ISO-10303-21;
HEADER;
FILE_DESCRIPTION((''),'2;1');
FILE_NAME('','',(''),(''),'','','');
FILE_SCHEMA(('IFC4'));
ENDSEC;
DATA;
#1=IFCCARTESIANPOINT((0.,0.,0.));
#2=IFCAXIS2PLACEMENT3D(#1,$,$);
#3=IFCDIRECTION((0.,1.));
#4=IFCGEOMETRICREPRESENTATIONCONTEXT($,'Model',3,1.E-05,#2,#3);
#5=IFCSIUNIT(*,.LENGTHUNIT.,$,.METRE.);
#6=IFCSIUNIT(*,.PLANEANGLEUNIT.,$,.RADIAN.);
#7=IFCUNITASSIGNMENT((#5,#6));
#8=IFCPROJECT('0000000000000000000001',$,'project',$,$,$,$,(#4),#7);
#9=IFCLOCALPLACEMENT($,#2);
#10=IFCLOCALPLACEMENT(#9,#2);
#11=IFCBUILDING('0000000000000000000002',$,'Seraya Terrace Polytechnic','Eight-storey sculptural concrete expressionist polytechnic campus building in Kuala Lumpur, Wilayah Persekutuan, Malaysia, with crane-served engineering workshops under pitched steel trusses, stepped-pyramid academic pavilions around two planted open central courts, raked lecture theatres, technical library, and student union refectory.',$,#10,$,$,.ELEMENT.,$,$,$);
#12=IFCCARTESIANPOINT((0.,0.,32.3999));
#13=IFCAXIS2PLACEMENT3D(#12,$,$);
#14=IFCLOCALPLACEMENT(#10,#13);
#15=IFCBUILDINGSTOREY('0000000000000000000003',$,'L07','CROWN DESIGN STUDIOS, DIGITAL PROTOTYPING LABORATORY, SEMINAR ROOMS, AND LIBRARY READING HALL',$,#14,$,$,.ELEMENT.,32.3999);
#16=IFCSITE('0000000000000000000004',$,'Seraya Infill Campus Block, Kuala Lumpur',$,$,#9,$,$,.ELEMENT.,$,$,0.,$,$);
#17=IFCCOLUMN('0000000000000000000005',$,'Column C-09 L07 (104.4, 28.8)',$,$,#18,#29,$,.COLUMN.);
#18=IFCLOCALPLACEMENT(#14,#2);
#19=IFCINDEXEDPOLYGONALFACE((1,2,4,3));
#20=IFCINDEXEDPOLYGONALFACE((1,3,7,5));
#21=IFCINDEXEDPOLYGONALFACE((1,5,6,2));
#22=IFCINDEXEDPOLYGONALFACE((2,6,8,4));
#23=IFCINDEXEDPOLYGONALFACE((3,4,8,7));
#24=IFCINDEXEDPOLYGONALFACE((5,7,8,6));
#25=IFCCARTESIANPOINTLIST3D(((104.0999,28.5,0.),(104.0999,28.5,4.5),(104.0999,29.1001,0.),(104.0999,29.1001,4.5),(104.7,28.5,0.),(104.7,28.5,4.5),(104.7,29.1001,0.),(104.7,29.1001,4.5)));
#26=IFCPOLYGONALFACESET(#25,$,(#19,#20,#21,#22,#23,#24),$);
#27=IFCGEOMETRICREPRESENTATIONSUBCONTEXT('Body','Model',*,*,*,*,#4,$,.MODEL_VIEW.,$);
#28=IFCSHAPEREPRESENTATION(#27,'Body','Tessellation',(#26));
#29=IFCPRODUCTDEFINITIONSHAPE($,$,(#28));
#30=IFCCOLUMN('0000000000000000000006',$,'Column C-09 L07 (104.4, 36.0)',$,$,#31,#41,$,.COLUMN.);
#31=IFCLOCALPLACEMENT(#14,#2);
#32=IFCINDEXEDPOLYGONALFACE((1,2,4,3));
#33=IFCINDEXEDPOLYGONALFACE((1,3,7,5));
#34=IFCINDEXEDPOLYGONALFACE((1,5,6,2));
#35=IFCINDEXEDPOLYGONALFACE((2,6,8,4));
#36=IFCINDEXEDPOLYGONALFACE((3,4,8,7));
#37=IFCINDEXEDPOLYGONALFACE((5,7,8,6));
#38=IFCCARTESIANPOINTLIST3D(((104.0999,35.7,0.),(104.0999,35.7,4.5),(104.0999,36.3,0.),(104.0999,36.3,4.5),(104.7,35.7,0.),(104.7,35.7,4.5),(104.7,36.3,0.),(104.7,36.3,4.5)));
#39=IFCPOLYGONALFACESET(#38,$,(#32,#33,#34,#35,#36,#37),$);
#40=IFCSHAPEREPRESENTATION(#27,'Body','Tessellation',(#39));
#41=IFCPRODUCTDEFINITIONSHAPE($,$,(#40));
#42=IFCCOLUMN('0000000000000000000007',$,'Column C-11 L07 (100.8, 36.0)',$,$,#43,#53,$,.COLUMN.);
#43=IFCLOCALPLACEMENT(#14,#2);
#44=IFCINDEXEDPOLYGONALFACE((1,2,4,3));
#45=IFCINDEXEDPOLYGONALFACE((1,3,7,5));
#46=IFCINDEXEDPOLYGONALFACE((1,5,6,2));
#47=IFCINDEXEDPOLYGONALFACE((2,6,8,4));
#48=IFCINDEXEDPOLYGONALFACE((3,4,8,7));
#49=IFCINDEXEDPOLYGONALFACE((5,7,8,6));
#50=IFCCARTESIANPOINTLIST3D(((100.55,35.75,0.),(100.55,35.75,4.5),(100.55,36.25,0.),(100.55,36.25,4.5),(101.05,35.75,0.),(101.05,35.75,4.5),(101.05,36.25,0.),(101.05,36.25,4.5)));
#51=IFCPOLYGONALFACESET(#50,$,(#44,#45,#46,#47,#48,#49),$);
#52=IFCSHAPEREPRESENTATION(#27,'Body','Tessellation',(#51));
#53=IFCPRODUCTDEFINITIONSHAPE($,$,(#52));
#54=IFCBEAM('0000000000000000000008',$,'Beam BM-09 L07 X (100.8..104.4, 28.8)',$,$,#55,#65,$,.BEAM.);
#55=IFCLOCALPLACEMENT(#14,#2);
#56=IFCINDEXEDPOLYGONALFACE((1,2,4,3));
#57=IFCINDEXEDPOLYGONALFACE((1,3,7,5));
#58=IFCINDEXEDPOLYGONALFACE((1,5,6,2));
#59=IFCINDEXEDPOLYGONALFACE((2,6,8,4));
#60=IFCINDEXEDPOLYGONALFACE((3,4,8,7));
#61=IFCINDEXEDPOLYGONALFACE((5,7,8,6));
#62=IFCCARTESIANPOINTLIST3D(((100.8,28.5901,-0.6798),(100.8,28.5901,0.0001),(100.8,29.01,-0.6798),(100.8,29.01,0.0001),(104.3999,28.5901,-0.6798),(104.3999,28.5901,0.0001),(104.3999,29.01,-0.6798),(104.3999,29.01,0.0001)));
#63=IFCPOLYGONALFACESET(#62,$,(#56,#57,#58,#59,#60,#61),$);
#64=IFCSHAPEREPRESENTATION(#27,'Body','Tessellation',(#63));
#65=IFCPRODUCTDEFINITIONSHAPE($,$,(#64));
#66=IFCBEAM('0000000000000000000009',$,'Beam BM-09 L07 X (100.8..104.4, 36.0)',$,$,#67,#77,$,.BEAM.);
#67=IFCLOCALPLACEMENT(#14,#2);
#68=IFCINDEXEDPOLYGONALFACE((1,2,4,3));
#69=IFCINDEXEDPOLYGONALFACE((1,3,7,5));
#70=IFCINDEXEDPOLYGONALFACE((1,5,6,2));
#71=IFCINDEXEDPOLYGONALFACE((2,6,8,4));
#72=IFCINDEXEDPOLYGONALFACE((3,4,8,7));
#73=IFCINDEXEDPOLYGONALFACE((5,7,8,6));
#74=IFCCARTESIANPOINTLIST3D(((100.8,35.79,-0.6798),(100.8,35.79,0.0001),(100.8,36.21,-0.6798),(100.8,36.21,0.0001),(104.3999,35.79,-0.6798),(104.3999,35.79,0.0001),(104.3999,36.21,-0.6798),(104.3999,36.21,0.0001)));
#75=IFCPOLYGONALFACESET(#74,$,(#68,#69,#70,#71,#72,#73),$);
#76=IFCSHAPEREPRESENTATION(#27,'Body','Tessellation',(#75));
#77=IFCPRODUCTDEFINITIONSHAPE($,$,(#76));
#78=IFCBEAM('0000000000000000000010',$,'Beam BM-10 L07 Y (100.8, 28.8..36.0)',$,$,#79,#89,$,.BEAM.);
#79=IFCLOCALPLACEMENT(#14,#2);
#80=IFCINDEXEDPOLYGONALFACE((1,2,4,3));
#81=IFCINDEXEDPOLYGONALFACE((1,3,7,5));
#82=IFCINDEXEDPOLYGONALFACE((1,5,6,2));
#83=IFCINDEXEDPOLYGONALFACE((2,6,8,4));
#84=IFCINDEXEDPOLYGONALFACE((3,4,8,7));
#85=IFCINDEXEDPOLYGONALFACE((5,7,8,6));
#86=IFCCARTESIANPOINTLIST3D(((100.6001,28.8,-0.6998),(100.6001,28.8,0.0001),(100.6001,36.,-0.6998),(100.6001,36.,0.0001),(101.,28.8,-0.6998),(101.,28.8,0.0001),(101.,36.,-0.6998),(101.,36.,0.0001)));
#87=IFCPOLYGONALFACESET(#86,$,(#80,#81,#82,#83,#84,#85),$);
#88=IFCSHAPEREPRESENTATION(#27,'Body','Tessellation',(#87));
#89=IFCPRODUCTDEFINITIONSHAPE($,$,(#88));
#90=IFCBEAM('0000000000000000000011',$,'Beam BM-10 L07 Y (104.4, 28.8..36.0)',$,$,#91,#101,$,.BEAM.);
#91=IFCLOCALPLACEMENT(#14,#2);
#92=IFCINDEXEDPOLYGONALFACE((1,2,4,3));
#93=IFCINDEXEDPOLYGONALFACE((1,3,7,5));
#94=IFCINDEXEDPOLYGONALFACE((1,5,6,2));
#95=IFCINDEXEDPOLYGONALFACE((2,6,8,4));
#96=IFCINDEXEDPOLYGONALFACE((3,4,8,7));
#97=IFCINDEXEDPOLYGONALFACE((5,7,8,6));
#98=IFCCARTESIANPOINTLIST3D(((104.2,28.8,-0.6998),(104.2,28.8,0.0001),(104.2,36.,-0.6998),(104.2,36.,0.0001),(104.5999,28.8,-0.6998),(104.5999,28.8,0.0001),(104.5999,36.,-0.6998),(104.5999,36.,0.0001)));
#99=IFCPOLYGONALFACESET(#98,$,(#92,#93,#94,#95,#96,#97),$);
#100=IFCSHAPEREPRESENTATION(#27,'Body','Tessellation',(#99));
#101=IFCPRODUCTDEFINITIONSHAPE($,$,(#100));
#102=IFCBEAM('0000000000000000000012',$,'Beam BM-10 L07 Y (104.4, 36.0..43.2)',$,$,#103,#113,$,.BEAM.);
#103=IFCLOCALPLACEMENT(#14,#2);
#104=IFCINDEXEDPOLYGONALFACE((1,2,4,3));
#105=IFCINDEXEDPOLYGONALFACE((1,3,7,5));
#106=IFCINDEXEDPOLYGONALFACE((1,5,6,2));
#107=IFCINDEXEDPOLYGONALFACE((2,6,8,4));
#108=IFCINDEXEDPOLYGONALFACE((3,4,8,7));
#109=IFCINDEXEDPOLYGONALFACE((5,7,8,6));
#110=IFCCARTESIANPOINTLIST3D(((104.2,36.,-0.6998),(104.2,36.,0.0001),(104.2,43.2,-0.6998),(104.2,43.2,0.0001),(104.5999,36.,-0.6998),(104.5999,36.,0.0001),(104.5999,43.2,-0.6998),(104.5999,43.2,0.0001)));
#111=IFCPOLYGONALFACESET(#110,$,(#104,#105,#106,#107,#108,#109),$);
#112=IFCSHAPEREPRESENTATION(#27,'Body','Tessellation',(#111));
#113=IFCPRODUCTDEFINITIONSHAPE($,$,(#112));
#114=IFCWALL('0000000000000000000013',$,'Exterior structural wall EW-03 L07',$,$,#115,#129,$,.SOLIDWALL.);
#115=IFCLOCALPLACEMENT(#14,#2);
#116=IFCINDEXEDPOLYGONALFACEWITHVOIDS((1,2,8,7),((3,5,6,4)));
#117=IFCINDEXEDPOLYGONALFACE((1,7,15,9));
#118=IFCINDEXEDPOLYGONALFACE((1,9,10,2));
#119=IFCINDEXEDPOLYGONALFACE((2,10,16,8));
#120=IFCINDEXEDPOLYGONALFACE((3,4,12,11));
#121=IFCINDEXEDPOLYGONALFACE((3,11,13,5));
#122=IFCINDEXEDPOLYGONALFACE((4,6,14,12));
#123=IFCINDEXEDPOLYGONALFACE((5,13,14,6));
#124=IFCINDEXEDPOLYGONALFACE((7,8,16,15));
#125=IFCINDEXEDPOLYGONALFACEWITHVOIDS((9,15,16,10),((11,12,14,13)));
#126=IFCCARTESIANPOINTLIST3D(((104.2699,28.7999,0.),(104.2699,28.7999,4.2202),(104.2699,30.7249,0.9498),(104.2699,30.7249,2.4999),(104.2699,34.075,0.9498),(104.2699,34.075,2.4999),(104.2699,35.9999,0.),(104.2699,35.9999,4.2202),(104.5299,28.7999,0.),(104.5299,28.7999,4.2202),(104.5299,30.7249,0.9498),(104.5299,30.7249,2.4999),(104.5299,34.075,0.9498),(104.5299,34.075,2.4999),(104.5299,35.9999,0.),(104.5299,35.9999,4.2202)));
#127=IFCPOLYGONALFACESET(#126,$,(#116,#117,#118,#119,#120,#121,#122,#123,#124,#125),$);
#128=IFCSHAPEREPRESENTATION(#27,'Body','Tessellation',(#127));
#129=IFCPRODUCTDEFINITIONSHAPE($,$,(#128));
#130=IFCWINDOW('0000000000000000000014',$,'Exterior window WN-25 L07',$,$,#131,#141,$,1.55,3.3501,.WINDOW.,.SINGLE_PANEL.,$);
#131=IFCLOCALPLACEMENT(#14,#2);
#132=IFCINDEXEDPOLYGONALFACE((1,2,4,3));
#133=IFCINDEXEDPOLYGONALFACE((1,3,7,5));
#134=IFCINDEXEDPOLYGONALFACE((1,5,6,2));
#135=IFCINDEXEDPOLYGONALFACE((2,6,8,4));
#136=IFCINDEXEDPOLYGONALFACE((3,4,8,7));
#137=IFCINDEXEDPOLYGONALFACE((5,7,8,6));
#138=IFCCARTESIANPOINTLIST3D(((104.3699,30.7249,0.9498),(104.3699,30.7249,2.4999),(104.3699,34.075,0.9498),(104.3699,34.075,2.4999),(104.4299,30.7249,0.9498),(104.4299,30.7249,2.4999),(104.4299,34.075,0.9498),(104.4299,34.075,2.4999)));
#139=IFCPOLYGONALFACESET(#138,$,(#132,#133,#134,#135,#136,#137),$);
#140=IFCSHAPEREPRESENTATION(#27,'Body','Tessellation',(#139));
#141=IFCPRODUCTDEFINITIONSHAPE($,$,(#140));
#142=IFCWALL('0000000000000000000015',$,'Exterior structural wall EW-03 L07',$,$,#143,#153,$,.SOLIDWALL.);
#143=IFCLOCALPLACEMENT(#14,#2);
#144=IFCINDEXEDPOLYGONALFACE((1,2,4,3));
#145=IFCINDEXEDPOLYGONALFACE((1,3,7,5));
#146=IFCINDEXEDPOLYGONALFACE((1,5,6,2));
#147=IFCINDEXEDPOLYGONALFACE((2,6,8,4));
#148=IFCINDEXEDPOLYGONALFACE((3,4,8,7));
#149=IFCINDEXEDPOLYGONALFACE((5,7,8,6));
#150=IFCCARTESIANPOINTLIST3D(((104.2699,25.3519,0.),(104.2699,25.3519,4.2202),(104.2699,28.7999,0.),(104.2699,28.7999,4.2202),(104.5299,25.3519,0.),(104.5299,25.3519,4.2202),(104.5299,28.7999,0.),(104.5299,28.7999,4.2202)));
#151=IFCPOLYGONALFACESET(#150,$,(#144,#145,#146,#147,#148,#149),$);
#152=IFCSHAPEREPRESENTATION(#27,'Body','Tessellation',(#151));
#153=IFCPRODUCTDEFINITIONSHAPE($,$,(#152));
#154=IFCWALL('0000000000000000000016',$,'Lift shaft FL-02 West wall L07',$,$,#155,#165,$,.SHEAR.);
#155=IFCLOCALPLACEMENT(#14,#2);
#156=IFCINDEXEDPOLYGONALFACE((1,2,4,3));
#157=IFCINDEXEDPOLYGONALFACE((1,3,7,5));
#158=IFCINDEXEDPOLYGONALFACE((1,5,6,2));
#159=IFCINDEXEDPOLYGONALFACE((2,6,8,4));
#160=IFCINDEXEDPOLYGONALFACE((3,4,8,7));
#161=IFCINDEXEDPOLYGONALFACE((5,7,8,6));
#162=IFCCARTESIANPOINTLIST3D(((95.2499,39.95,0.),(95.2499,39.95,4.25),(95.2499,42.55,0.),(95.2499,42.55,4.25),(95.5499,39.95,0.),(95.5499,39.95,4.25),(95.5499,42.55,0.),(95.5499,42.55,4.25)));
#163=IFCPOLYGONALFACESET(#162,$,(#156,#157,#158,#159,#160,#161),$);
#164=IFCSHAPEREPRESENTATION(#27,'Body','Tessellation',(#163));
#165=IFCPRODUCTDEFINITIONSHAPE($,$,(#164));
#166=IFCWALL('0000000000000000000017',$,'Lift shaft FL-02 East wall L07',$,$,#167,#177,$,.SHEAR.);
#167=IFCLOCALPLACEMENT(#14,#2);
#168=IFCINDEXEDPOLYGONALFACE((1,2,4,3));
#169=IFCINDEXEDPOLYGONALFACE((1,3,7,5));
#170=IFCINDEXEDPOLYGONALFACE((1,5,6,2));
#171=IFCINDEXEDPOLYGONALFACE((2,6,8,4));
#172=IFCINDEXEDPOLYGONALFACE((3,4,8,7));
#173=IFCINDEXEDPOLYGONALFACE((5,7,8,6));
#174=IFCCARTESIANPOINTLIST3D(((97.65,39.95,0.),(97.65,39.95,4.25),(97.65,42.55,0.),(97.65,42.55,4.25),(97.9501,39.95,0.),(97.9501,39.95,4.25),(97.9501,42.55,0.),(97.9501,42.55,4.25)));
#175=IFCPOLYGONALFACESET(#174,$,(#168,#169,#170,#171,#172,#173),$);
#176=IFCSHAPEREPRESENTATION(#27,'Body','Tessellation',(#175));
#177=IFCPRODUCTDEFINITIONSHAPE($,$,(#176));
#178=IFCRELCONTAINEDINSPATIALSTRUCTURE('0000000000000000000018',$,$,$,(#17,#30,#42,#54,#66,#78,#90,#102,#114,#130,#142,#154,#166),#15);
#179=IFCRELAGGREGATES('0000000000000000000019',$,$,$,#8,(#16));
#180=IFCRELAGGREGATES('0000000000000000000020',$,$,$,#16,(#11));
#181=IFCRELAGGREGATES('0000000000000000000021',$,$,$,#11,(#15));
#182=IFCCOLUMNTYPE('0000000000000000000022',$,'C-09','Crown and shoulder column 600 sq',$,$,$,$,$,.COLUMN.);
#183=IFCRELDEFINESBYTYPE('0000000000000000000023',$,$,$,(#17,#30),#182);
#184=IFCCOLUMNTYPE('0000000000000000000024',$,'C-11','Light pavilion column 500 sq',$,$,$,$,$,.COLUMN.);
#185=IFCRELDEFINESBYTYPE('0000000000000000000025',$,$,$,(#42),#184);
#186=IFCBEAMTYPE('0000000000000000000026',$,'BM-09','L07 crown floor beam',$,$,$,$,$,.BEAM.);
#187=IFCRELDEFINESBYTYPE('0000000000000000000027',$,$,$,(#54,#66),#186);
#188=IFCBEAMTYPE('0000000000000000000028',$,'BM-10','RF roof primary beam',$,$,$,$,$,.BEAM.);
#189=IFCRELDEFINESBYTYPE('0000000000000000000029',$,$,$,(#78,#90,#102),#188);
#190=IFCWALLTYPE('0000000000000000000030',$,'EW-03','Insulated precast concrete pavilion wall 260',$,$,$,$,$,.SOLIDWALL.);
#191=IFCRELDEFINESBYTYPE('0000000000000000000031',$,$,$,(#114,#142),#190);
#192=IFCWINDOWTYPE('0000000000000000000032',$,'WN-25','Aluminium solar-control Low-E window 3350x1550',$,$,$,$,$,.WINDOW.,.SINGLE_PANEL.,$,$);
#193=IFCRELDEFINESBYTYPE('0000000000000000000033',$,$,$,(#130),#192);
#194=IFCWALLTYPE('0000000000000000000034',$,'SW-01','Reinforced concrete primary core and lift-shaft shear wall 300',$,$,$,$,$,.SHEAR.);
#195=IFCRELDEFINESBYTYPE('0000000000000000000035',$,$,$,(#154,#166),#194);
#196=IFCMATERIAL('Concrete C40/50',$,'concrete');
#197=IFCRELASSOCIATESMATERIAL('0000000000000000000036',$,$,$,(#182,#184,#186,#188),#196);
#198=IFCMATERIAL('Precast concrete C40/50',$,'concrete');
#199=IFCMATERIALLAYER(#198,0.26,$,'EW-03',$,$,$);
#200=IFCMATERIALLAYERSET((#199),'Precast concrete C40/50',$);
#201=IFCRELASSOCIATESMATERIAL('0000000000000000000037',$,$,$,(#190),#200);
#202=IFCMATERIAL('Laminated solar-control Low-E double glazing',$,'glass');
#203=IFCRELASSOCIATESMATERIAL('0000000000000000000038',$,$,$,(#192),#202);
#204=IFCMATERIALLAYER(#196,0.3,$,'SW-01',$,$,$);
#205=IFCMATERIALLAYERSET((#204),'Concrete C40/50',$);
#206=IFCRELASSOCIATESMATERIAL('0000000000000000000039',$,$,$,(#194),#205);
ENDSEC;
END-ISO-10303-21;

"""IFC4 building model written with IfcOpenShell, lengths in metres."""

from ifc_helpers import new_model, si_unit, direction, frame, frame_2d, origin, origin_2d, place, context, subcontext, project, spatial, rectangle, extrude, material, layer, layer_set, material_profile, profile_set, type_object, element, fill, save


model = new_model("IFC4")

# Units and contexts
model_context = context("Model", 3, precision=1e-05, world=origin(), true_north=direction((0.0, 1.0)))
body_context = subcontext(model_context, "Body", "Model", "MODEL_VIEW")
ifc_project = project(units=[si_unit("LENGTHUNIT", "METRE"), si_unit("PLANEANGLEUNIT", "RADIAN")], contexts=[model_context])

# Site, building, storey
site_placement = place(None, origin())
site = spatial("IfcSite", under=ifc_project, at=site_placement, Name="Seraya Infill Campus Block, Kuala Lumpur", CompositionType="ELEMENT", RefElevation=0.0)
building_placement = place(site_placement, origin())
building = spatial("IfcBuilding", under=site, at=building_placement, Name="Seraya Terrace Polytechnic", Description="Eight-storey sculptural concrete expressionist polytechnic campus building in Kuala Lumpur, Wilayah Persekutuan, Malaysia, with crane-served engineering workshops under pitched steel trusses, stepped-pyramid academic pavilions around two planted open central courts, raked lecture theatres, technical library, and student union refectory.", CompositionType="ELEMENT")
storey_placement = place(building_placement, frame((0.0, 0.0, 32.3999)))
storey = spatial("IfcBuildingStorey", under=building, at=storey_placement, Name="L07", Description="CROWN DESIGN STUDIOS, DIGITAL PROTOTYPING LABORATORY, SEMINAR ROOMS, AND LIBRARY READING HALL", CompositionType="ELEMENT", Elevation=32.3999)

# Columns
ifc_material_1 = material(Name="Concrete C40/50", Category="concrete")
ifc_material_profile_1 = material_profile(ifc_material_1, rectangle(XDim=0.6001, YDim=0.6001, at=origin_2d()), Name="RC 600x600")
ifc_profile_set_1 = profile_set([ifc_material_profile_1], Name="Concrete C40/50")
column_type_1 = type_object("IfcColumnType", Name="C-09", Description="Crown and shoulder column 600 sq", PredefinedType="COLUMN", material=ifc_profile_set_1)
for number, where, z_axis, x_axis, name in (
    (1, (104.3999, 28.8, 0.0), (0.0, 0.0, 1.0), (1.0, 0.0, 0.0), "Column C-09 L07 (104.4, 28.8)"),
    (2, (104.3999, 36.0, 0.0), (0.0, 0.0, 1.0), (1.0, 0.0, 0.0), "Column C-09 L07 (104.4, 36.0)"),
):
    element("IfcColumn", number, at=place(storey_placement, frame(where, z_axis=z_axis, x_axis=x_axis)), inside=storey, type_object=column_type_1, Name=name, PredefinedType="COLUMN", context=body_context, shape_type="SweptSolid", body=[
        extrude(rectangle(XDim=0.6001, YDim=0.6001, at=origin_2d()), origin(), (0.0, 0.0, 1.0), 4.5),
    ])
ifc_material_profile_2 = material_profile(ifc_material_1, rectangle(XDim=0.5, YDim=0.5, at=origin_2d()), Name="RC 500x500")
ifc_profile_set_2 = profile_set([ifc_material_profile_2], Name="Concrete C40/50")
column_type_2 = type_object("IfcColumnType", Name="C-11", Description="Light pavilion column 500 sq", PredefinedType="COLUMN", material=ifc_profile_set_2)
column_placement = place(storey_placement, frame((100.8, 36.0, 0.0), z_axis=(0.0, 0.0, 1.0), x_axis=(1.0, 0.0, 0.0)))
element("IfcColumn", 3, at=column_placement, inside=storey, type_object=column_type_2, Name="Column C-11 L07 (100.8, 36.0)", PredefinedType="COLUMN", context=body_context, shape_type="SweptSolid", body=[
    extrude(rectangle(XDim=0.5, YDim=0.5, at=origin_2d()), origin(), (0.0, 0.0, 1.0), 4.5),
])

# Beams
ifc_material_profile_3 = material_profile(ifc_material_1, rectangle(XDim=0.4199, YDim=0.6799, at=origin_2d()), Name="RC 420x680")
ifc_profile_set_3 = profile_set([ifc_material_profile_3], Name="Concrete C40/50")
beam_type_1 = type_object("IfcBeamType", Name="BM-09", Description="L07 crown floor beam", PredefinedType="BEAM", material=ifc_profile_set_3)
for number, where, z_axis, x_axis, name in (
    (4, (100.8, 28.8, -0.3398), (1.0, 0.0, 0.0), (0.0, 1.0, 0.0), "Beam BM-09 L07 X (100.8..104.4, 28.8)"),
    (5, (100.8, 36.0, -0.3398), (1.0, 0.0, 0.0), (0.0, 1.0, 0.0), "Beam BM-09 L07 X (100.8..104.4, 36.0)"),
):
    element("IfcBeam", number, at=place(storey_placement, frame(where, z_axis=z_axis, x_axis=x_axis)), inside=storey, type_object=beam_type_1, Name=name, PredefinedType="BEAM", context=body_context, shape_type="SweptSolid", body=[
        extrude(rectangle(XDim=0.4199, YDim=0.6799, at=origin_2d()), origin(), (0.0, 0.0, 1.0), 3.5999),
    ])
ifc_material_profile_4 = material_profile(ifc_material_1, rectangle(XDim=0.3999, YDim=0.7, at=origin_2d()), Name="RC 400x700")
ifc_profile_set_4 = profile_set([ifc_material_profile_4], Name="Concrete C40/50")
beam_type_2 = type_object("IfcBeamType", Name="BM-10", Description="RF roof primary beam", PredefinedType="BEAM", material=ifc_profile_set_4)
for number, where, z_axis, x_axis, name in (
    (6, (100.8, 28.8, -0.3499), (0.0, 1.0, 0.0), (-1.0, 0.0, 0.0), "Beam BM-10 L07 Y (100.8, 28.8..36.0)"),
    (7, (104.3999, 28.8, -0.3499), (0.0, 1.0, 0.0), (-1.0, 0.0, 0.0), "Beam BM-10 L07 Y (104.4, 28.8..36.0)"),
    (8, (104.3999, 36.0, -0.3499), (0.0, 1.0, 0.0), (-1.0, 0.0, 0.0), "Beam BM-10 L07 Y (104.4, 36.0..43.2)"),
):
    element("IfcBeam", number, at=place(storey_placement, frame(where, z_axis=z_axis, x_axis=x_axis)), inside=storey, type_object=beam_type_2, Name=name, PredefinedType="BEAM", context=body_context, shape_type="SweptSolid", body=[
        extrude(rectangle(XDim=0.3999, YDim=0.7, at=origin_2d()), origin(), (0.0, 0.0, 1.0), 7.2),
    ])

# Wall, opening, window
ifc_material_2 = material(Name="Precast concrete C40/50", Category="concrete")
ifc_layer_1 = layer(ifc_material_2, 0.26, Name="EW-03")
ifc_layer_set_1 = layer_set([ifc_layer_1], Name="Precast concrete C40/50")
wall_type_1 = type_object("IfcWallType", Name="EW-03", Description="Insulated precast concrete pavilion wall 260", PredefinedType="SOLIDWALL", material=ifc_layer_set_1)
wall_1_placement = place(storey_placement, frame((104.3999, 36.0, 0.0), z_axis=(0.0, 0.0, 1.0), x_axis=(0.0, -1.0, 0.0)))
wall_1 = element("IfcWall", 9, at=wall_1_placement, inside=storey, type_object=wall_type_1, Name="Exterior structural wall EW-03 L07", PredefinedType="SOLIDWALL", context=body_context, shape_type="SweptSolid", body=[
    extrude(rectangle(XDim=7.2, YDim=0.26, at=frame_2d((3.6001, 0.0))), origin(), (0.0, 0.0, 1.0), 4.2202),
])
opening_1_placement = place(wall_1_placement, frame((1.925, 0.0, 0.95)))
opening_1 = element("IfcOpeningElement", 10, at=opening_1_placement, cuts=wall_1, PredefinedType="OPENING", context=body_context, shape_type="SweptSolid", body=[
    extrude(rectangle(XDim=3.3501, YDim=1.55, at=frame_2d((1.675, 0.7749))), frame((0.0, 0.1421, 0.0), z_axis=(0.0, -1.0, 0.0), x_axis=(1.0, 0.0, 0.0)), (0.0, 0.0, 1.0), 0.2839),
])
ifc_material_3 = material(Name="Laminated solar-control Low-E double glazing", Category="glass")
window_type = type_object("IfcWindowType", Name="WN-25", Description="Aluminium solar-control Low-E window 3350x1550", PartitioningType="SINGLE_PANEL", PredefinedType="WINDOW", material=ifc_material_3)
window_placement = place(opening_1_placement, origin())
window = element("IfcWindow", 11, at=window_placement, inside=storey, type_object=window_type, Name="Exterior window WN-25 L07", OverallHeight=1.55, OverallWidth=3.3501, PartitioningType="SINGLE_PANEL", PredefinedType="WINDOW", context=body_context, shape_type="SweptSolid", body=[
    extrude(rectangle(XDim=3.3501, YDim=1.55, at=frame_2d((1.675, 0.7749))), frame((0.0, 0.03, 0.0), z_axis=(0.0, -1.0, 0.0), x_axis=(1.0, 0.0, 0.0)), (0.0, 0.0, 1.0), 0.0601),
])
fill(opening_1, window)

# Walls
wall_2_placement = place(storey_placement, frame((104.3999, 28.8, 0.0), z_axis=(0.0, 0.0, 1.0), x_axis=(0.0, -1.0, 0.0)))
element("IfcWall", 12, at=wall_2_placement, inside=storey, type_object=wall_type_1, Name="Exterior structural wall EW-03 L07", PredefinedType="SOLIDWALL", context=body_context, shape_type="SweptSolid", body=[
    extrude(rectangle(XDim=3.448, YDim=0.26, at=frame_2d((1.7241, 0.0))), origin(), (0.0, 0.0, 1.0), 4.2202),
])
ifc_layer_2 = layer(ifc_material_1, 0.3, Name="SW-01")
ifc_layer_set_2 = layer_set([ifc_layer_2], Name="Concrete C40/50")
wall_type_2 = type_object("IfcWallType", Name="SW-01", Description="Reinforced concrete primary core and lift-shaft shear wall 300", PredefinedType="SHEAR", material=ifc_layer_set_2)
for number, where, z_axis, x_axis, name in (
    (13, (95.3999, 39.95, 0.0), (0.0, 0.0, 1.0), (0.0, 1.0, 0.0), "Lift shaft FL-02 West wall L07"),
    (14, (97.8, 39.95, 0.0), (0.0, 0.0, 1.0), (0.0, 1.0, 0.0), "Lift shaft FL-02 East wall L07"),
):
    element("IfcWall", number, at=place(storey_placement, frame(where, z_axis=z_axis, x_axis=x_axis)), inside=storey, type_object=wall_type_2, Name=name, PredefinedType="SHEAR", context=body_context, shape_type="SweptSolid", body=[
        extrude(rectangle(XDim=2.6001, YDim=0.3, at=frame_2d((1.3, 0.0))), origin(), (0.0, 0.0, 1.0), 4.25),
    ])

save(model, "model.ifc")
